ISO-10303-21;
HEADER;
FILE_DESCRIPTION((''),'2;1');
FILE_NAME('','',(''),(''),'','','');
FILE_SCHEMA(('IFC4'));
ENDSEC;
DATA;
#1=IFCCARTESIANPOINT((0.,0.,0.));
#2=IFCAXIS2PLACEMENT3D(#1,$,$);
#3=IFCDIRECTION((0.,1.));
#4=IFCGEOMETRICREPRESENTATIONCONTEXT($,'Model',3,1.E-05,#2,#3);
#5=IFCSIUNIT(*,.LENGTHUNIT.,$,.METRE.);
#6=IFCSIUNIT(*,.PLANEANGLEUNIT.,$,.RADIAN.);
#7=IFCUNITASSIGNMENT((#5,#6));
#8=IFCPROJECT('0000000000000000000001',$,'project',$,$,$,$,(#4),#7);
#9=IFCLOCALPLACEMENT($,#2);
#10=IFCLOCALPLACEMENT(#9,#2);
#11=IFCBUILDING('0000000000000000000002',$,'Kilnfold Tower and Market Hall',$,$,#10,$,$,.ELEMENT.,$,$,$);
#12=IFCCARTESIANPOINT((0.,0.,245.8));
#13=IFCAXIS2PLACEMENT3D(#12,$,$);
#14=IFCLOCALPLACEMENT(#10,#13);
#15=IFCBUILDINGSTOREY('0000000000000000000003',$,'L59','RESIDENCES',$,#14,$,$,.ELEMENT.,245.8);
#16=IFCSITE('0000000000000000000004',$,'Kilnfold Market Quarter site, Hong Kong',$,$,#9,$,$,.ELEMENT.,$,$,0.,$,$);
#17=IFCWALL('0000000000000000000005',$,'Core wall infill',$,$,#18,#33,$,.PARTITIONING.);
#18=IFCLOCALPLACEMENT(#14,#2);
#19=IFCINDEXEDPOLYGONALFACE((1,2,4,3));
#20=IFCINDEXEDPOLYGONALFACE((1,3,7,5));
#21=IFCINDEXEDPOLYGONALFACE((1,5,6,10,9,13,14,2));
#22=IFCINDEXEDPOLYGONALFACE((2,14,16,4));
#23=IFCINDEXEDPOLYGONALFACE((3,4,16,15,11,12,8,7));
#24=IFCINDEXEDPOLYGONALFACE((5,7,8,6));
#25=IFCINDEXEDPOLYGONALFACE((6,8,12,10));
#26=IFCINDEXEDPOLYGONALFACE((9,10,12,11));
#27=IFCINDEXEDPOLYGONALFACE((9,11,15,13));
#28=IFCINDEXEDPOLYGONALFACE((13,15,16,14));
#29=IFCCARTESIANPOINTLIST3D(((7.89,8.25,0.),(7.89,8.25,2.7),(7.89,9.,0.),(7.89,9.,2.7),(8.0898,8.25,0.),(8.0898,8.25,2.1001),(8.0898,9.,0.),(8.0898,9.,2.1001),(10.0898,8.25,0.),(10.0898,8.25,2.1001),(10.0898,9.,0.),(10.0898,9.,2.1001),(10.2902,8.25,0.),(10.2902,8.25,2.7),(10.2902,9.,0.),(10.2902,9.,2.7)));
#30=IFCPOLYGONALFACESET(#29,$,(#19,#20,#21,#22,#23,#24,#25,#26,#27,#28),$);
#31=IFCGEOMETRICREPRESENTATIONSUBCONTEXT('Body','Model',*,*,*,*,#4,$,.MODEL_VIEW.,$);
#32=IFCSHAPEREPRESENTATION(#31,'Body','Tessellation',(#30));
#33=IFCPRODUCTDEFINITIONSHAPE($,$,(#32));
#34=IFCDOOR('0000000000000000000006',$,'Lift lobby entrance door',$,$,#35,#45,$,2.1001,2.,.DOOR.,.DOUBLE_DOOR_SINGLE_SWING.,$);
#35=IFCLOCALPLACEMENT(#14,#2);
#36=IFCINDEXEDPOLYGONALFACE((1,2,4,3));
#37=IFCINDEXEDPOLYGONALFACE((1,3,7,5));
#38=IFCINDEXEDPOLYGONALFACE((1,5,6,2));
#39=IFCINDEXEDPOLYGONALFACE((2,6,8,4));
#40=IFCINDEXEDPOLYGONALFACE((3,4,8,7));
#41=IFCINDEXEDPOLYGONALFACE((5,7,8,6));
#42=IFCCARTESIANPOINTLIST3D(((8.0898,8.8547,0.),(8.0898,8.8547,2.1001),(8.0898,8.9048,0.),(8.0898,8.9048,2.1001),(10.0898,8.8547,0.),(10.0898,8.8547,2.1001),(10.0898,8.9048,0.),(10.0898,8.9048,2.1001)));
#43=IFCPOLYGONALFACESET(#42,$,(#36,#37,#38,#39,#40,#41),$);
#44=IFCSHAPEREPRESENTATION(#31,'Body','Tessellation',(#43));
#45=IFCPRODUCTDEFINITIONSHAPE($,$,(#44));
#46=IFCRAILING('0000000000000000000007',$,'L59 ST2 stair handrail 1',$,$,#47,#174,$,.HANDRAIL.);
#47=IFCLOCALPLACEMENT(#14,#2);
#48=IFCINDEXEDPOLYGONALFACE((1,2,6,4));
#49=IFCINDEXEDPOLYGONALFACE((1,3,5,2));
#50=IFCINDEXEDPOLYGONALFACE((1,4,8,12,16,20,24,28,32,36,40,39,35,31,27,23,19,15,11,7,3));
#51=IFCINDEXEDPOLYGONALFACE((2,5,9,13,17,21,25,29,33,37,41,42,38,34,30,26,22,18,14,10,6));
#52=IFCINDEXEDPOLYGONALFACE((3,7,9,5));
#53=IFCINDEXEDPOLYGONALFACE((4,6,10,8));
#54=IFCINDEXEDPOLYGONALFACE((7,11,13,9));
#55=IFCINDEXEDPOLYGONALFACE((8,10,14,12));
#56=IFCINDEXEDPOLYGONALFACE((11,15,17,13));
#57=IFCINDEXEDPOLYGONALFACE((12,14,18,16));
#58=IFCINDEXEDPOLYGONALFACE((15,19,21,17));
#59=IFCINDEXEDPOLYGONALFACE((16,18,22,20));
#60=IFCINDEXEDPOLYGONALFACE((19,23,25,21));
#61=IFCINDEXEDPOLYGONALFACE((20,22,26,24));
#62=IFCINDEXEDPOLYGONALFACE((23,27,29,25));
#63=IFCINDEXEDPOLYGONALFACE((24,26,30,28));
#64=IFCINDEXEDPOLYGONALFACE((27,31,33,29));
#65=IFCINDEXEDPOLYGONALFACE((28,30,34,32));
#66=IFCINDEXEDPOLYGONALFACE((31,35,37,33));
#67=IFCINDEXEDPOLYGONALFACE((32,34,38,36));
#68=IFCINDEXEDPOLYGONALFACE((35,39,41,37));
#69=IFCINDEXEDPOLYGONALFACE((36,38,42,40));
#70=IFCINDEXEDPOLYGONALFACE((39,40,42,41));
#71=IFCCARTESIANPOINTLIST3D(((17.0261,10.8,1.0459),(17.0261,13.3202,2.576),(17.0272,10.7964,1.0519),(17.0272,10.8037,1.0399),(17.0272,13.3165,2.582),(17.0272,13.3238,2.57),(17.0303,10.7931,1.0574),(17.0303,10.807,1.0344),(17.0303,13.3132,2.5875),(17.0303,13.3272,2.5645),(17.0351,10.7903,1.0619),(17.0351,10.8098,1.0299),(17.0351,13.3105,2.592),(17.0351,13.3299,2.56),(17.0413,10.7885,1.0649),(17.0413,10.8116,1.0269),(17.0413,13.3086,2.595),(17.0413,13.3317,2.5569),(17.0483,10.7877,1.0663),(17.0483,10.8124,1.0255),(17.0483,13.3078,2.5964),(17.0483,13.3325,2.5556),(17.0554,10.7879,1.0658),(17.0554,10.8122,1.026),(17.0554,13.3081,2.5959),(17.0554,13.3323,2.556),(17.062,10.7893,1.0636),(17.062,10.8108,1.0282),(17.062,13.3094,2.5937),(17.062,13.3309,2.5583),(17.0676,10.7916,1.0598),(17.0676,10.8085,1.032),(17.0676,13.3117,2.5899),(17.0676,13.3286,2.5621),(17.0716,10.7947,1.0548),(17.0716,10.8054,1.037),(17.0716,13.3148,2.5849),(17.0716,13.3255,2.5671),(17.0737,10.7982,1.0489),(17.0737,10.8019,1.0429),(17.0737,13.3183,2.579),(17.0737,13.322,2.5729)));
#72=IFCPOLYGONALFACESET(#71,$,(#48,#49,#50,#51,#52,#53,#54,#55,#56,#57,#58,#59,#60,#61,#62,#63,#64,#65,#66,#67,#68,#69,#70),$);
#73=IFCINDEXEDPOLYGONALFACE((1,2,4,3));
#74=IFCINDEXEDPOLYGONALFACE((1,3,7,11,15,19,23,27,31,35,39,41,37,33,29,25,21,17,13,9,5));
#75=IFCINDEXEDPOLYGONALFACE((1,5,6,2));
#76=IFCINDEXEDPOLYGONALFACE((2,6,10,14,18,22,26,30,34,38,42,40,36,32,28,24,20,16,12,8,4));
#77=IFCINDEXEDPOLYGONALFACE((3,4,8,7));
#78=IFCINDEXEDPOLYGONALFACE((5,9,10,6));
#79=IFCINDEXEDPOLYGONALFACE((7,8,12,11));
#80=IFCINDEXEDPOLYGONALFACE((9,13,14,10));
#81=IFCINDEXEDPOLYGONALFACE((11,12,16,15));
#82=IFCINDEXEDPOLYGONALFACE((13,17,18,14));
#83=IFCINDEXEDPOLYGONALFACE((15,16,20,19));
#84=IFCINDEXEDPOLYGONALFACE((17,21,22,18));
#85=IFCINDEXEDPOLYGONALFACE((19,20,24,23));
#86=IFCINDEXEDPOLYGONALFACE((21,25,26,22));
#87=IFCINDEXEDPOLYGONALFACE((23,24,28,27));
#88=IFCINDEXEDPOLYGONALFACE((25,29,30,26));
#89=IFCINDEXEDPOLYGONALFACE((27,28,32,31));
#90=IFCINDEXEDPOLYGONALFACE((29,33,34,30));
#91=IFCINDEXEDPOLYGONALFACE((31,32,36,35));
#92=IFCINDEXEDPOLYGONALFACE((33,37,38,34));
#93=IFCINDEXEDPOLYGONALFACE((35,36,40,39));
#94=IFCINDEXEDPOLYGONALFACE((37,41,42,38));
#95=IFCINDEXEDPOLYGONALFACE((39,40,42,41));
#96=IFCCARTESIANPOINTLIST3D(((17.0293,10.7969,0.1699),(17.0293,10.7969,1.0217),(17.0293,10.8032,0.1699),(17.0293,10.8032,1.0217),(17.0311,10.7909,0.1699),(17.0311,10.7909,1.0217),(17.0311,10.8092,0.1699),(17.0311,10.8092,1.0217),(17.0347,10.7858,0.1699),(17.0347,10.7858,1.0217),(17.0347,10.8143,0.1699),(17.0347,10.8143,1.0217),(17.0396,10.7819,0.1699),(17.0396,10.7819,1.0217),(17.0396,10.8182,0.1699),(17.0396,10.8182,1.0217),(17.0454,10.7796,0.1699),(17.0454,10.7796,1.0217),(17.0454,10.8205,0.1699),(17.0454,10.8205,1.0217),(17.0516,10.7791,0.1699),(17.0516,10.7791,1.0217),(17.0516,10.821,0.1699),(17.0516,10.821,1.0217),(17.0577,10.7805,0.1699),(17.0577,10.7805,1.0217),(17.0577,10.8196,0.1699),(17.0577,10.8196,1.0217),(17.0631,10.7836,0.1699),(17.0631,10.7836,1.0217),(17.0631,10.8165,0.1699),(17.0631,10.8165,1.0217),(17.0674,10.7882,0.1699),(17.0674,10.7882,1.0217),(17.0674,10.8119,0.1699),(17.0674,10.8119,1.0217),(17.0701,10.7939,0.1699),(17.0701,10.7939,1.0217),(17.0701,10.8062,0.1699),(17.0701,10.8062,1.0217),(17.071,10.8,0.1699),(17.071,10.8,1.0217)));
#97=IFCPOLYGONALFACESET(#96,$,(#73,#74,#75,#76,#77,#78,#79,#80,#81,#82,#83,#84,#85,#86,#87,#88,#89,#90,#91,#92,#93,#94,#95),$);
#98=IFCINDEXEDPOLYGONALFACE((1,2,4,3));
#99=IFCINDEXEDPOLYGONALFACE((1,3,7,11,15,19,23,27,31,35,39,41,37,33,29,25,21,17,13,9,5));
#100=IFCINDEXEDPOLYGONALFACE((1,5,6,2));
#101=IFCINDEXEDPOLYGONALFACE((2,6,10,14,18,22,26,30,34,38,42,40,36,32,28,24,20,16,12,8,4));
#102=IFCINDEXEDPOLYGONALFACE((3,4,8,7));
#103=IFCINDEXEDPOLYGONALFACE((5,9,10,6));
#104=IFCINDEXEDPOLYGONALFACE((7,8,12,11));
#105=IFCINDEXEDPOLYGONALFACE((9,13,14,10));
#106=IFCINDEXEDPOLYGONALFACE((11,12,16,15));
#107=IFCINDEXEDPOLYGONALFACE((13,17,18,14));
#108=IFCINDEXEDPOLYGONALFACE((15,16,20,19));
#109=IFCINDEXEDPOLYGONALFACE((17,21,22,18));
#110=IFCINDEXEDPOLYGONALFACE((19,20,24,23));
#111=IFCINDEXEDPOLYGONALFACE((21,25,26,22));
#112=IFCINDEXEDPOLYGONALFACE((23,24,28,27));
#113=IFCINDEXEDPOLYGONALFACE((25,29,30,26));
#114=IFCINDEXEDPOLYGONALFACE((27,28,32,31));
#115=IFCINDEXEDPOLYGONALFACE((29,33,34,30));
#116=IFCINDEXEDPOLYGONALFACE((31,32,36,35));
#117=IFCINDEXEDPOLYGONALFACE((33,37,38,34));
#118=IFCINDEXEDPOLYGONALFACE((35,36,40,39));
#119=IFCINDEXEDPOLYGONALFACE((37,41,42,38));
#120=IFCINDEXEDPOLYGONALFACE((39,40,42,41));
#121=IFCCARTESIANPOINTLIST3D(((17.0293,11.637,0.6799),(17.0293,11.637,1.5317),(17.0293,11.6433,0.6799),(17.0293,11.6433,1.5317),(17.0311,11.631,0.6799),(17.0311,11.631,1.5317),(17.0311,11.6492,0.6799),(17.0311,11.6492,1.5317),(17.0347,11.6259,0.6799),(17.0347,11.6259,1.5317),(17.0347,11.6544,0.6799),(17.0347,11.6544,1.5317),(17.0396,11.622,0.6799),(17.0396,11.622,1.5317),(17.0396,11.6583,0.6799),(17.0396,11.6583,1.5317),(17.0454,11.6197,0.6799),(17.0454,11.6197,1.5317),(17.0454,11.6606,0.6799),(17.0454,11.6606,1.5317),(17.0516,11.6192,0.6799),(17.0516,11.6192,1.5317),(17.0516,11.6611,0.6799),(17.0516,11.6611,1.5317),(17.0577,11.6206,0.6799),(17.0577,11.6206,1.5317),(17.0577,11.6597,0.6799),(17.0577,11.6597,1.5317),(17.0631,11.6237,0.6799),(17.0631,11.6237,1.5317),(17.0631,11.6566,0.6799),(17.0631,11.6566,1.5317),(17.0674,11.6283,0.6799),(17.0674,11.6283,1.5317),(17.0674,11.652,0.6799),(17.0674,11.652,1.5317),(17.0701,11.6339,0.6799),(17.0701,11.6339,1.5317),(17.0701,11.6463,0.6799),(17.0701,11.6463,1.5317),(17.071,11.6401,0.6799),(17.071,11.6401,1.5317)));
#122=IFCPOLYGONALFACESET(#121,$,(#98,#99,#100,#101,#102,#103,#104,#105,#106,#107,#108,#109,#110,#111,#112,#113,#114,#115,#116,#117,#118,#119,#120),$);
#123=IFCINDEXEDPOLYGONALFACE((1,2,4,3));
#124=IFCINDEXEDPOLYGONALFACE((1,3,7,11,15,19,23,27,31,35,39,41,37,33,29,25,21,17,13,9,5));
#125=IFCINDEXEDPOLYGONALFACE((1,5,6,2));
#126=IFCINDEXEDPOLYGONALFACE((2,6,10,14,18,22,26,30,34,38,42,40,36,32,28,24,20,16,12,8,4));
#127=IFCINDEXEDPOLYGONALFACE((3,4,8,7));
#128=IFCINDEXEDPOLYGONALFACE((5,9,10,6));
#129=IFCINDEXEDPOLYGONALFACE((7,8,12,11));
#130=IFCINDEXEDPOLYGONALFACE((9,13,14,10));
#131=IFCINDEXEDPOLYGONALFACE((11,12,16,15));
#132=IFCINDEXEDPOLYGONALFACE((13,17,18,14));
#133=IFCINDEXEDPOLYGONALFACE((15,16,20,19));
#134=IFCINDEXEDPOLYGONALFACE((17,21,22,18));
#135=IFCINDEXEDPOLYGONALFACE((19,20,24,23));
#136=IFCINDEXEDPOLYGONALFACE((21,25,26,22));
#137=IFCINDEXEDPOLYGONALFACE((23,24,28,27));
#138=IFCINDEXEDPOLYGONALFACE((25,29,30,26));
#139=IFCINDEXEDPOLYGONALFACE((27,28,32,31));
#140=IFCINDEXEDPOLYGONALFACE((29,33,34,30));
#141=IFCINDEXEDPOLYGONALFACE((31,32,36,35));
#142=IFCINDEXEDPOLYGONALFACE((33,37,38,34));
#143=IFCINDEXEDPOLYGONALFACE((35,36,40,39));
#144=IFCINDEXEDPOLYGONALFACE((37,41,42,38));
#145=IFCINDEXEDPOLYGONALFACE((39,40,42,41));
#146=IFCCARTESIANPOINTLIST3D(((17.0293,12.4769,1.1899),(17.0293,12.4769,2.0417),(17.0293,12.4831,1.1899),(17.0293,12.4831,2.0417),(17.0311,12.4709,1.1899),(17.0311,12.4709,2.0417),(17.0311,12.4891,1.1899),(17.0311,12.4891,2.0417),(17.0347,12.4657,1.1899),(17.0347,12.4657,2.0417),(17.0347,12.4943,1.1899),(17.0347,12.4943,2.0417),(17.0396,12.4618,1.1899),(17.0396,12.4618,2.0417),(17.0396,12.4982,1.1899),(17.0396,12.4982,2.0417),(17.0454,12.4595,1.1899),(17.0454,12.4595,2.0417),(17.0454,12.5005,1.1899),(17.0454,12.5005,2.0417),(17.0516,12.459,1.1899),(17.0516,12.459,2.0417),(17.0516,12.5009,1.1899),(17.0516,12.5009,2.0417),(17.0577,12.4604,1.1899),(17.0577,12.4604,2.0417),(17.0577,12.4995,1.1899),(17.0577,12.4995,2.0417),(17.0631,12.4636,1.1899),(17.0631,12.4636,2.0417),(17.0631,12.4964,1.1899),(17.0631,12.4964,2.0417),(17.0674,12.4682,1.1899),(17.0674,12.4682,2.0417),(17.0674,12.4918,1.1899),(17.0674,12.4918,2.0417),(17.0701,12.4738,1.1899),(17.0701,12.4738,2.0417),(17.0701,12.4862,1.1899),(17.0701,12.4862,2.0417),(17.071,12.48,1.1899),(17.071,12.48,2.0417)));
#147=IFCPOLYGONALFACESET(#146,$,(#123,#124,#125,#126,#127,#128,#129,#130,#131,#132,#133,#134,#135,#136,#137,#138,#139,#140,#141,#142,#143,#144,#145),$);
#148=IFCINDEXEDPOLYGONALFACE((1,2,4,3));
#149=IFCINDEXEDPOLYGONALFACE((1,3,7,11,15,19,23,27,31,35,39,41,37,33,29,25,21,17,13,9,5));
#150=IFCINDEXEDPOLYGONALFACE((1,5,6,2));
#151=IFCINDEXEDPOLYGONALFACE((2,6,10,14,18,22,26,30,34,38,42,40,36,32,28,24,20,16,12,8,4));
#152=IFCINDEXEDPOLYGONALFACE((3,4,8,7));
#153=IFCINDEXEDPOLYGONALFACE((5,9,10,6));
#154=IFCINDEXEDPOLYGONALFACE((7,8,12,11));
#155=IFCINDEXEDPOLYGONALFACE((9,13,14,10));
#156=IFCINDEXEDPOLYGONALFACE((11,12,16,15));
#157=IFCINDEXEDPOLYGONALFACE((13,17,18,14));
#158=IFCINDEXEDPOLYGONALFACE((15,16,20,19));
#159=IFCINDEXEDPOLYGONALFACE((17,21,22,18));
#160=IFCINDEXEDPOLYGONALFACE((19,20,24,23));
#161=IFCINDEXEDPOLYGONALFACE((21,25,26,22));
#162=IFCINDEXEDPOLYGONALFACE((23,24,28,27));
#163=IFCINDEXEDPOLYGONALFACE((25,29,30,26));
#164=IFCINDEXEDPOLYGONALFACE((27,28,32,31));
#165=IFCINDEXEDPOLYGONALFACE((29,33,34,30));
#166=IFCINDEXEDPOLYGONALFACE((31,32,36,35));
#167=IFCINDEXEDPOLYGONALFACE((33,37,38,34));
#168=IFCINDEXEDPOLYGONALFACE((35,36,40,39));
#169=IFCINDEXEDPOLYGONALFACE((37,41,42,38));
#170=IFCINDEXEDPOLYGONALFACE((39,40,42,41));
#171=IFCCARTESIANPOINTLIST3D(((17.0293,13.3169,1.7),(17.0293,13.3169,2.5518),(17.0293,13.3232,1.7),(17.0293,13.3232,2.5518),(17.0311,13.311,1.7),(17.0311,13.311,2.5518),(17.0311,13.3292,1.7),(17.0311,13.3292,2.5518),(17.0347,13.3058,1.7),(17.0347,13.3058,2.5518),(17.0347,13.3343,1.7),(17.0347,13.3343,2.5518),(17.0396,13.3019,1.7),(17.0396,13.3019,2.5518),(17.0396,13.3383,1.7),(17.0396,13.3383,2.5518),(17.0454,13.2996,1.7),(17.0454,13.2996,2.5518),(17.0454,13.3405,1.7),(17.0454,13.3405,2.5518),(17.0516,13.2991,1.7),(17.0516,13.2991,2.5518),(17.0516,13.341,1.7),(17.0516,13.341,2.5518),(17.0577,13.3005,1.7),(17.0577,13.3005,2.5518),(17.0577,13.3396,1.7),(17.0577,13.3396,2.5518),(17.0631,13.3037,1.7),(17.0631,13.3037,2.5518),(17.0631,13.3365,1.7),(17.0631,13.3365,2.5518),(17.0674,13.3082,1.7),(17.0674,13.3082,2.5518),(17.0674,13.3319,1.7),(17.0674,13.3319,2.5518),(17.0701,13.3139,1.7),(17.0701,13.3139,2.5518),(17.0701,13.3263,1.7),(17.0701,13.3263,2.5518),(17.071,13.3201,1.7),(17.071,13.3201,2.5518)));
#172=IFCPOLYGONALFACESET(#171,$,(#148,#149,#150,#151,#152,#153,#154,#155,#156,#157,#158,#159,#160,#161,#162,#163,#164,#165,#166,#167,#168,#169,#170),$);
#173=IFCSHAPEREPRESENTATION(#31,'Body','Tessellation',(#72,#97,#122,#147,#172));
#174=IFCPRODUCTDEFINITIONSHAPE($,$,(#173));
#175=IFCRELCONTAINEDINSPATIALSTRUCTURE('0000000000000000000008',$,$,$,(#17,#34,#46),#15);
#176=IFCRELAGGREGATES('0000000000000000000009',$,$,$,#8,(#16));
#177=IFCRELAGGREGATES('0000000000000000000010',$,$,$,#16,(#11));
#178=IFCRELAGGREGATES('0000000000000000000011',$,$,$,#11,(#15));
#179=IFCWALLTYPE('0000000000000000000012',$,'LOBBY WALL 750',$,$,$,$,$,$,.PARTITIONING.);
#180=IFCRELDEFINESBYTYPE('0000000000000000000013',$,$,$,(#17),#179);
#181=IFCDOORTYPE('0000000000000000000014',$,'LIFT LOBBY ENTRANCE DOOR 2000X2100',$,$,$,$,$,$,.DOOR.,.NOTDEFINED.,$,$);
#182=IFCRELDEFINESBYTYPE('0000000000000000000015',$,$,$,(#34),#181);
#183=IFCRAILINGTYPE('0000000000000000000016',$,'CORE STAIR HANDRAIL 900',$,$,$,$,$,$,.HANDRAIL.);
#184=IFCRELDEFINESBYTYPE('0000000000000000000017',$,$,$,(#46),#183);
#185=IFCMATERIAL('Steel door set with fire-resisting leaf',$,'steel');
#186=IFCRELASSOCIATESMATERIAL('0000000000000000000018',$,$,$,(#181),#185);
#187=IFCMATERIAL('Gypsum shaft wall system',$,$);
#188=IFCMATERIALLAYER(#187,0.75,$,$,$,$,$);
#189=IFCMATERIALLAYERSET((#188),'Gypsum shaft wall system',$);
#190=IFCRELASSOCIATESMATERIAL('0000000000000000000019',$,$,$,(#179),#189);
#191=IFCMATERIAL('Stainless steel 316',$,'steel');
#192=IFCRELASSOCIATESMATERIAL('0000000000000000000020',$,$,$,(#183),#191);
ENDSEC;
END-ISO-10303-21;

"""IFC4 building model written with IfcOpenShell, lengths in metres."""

from ifc_helpers import new_model, si_unit, direction, frame, frame_2d, origin, origin_2d, place, context, subcontext, project, spatial, rectangle, circle, extrude, source, transform, mapped, material, layer, layer_set, type_object, element, fill, save


model = new_model("IFC4")

# Units and contexts
model_context = context("Model", 3, precision=1e-05, world=origin(), true_north=direction((0.0, 1.0)))
body_context = subcontext(model_context, "Body", "Model", "MODEL_VIEW")
ifc_project = project(units=[si_unit("LENGTHUNIT", "METRE"), si_unit("PLANEANGLEUNIT", "RADIAN")], contexts=[model_context])

# Site, building, storey
site_placement = place(None, origin())
site = spatial("IfcSite", under=ifc_project, at=site_placement, Name="Kilnfold Market Quarter site, Hong Kong", CompositionType="ELEMENT", RefElevation=0.0)
building_placement = place(site_placement, origin())
building = spatial("IfcBuilding", under=site, at=building_placement, Name="Kilnfold Tower and Market Hall", CompositionType="ELEMENT")
storey_placement = place(building_placement, frame((0.0, 0.0, 245.8)))
storey = spatial("IfcBuildingStorey", under=building, at=storey_placement, Name="L59", Description="RESIDENCES", CompositionType="ELEMENT", Elevation=245.8)

# Shared definitions
ifc_material_1 = material(Name="Steel door set with fire-resisting leaf", Category="steel")
door_type_1 = type_object("IfcDoorType", Name="LIFT LOBBY ENTRANCE DOOR 2000X2100", OperationType="NOTDEFINED", PredefinedType="DOOR", material=ifc_material_1)

# Wall, opening, door
ifc_material_2 = material(Name="Gypsum shaft wall system")
ifc_layer_1 = layer(ifc_material_2, 0.75)
ifc_layer_set_1 = layer_set([ifc_layer_1], Name="Gypsum shaft wall system")
wall_type_1 = type_object("IfcWallType", Name="LOBBY WALL 750", PredefinedType="PARTITIONING", material=ifc_layer_set_1)
shared_shape_1 = source(origin(), body_context, "Body", "SweptSolid", [
    extrude(rectangle(XDim=2.4001, YDim=0.75, at=frame_2d((1.2002, 0.0))), origin(), (0.0, 0.0, 1.0), 2.7),
])
wall_1_placement = place(storey_placement, frame((7.8899, 8.625, 0.0), z_axis=(0.0, 0.0, 1.0), x_axis=(1.0, 0.0, 0.0)))
wall_1 = element("IfcWall", 1, at=wall_1_placement, inside=storey, type_object=wall_type_1, Name="Core wall infill", PredefinedType="PARTITIONING", context=body_context, shape_type="MappedRepresentation", body=[
    mapped(shared_shape_1, transform((0.0, 0.0, 0.0))),
])
opening_1_placement = place(wall_1_placement, frame((0.2, 0.0, 0.0)))
opening_1 = element("IfcOpeningElement", 2, at=opening_1_placement, cuts=wall_1, PredefinedType="OPENING", context=body_context, shape_type="SweptSolid", body=[
    extrude(rectangle(XDim=2.0, YDim=2.1001, at=frame_2d((1.0, 1.05))), frame((0.0, 0.385, 0.0), z_axis=(0.0, -1.0, 0.0), x_axis=(1.0, 0.0, 0.0)), (0.0, 0.0, 1.0), 0.77),
])
door_1_placement = place(opening_1_placement, origin())
door_1 = element("IfcDoor", 3, at=door_1_placement, inside=storey, type_object=door_type_1, Name="Lift lobby entrance door", OperationType="DOUBLE_DOOR_SINGLE_SWING", OverallHeight=2.1001, OverallWidth=2.0, PredefinedType="DOOR", context=body_context, shape_type="SweptSolid", body=[
    extrude(rectangle(XDim=2.0, YDim=2.1001, at=frame_2d((1.0, 1.05))), frame((0.0, 0.2798, 0.0), z_axis=(0.0, -1.0, 0.0), x_axis=(1.0, 0.0, 0.0)), (0.0, 0.0, 1.0), 0.05),
])
fill(opening_1, door_1)

# Railing
ifc_material_3 = material(Name="Stainless steel 316", Category="steel")
railing_type_1 = type_object("IfcRailingType", Name="CORE STAIR HANDRAIL 900", PredefinedType="HANDRAIL", material=ifc_material_3)
railing_1_placement = place(storey_placement, frame((17.05, 10.8, 0.1699)))
element("IfcRailing", 4, at=railing_1_placement, inside=storey, type_object=railing_type_1, Name="L59 ST2 stair handrail 1", PredefinedType="HANDRAIL", context=body_context, shape_type="SweptSolid", body=[
    extrude(circle(Radius=0.0239, at=origin_2d()), frame((0.0, 0.0, 0.876), z_axis=(0.0, 0.854785, 0.518982), x_axis=(-1.0, 0.0, 0.0)), (0.0, 0.0, 1.0), 2.9482),
    extrude(circle(Radius=0.021, at=origin_2d()), origin(), (0.0, 0.0, 1.0), 0.8518),
    extrude(circle(Radius=0.021, at=origin_2d()), frame((0.0, 0.8401, 0.51)), (0.0, 0.0, 1.0), 0.8518),
    extrude(circle(Radius=0.021, at=origin_2d()), frame((0.0, 1.6799, 1.02)), (0.0, 0.0, 1.0), 0.8518),
    extrude(circle(Radius=0.021, at=origin_2d()), frame((0.0, 2.52, 1.53)), (0.0, 0.0, 1.0), 0.8518),
])

save(model, "model.ifc")
